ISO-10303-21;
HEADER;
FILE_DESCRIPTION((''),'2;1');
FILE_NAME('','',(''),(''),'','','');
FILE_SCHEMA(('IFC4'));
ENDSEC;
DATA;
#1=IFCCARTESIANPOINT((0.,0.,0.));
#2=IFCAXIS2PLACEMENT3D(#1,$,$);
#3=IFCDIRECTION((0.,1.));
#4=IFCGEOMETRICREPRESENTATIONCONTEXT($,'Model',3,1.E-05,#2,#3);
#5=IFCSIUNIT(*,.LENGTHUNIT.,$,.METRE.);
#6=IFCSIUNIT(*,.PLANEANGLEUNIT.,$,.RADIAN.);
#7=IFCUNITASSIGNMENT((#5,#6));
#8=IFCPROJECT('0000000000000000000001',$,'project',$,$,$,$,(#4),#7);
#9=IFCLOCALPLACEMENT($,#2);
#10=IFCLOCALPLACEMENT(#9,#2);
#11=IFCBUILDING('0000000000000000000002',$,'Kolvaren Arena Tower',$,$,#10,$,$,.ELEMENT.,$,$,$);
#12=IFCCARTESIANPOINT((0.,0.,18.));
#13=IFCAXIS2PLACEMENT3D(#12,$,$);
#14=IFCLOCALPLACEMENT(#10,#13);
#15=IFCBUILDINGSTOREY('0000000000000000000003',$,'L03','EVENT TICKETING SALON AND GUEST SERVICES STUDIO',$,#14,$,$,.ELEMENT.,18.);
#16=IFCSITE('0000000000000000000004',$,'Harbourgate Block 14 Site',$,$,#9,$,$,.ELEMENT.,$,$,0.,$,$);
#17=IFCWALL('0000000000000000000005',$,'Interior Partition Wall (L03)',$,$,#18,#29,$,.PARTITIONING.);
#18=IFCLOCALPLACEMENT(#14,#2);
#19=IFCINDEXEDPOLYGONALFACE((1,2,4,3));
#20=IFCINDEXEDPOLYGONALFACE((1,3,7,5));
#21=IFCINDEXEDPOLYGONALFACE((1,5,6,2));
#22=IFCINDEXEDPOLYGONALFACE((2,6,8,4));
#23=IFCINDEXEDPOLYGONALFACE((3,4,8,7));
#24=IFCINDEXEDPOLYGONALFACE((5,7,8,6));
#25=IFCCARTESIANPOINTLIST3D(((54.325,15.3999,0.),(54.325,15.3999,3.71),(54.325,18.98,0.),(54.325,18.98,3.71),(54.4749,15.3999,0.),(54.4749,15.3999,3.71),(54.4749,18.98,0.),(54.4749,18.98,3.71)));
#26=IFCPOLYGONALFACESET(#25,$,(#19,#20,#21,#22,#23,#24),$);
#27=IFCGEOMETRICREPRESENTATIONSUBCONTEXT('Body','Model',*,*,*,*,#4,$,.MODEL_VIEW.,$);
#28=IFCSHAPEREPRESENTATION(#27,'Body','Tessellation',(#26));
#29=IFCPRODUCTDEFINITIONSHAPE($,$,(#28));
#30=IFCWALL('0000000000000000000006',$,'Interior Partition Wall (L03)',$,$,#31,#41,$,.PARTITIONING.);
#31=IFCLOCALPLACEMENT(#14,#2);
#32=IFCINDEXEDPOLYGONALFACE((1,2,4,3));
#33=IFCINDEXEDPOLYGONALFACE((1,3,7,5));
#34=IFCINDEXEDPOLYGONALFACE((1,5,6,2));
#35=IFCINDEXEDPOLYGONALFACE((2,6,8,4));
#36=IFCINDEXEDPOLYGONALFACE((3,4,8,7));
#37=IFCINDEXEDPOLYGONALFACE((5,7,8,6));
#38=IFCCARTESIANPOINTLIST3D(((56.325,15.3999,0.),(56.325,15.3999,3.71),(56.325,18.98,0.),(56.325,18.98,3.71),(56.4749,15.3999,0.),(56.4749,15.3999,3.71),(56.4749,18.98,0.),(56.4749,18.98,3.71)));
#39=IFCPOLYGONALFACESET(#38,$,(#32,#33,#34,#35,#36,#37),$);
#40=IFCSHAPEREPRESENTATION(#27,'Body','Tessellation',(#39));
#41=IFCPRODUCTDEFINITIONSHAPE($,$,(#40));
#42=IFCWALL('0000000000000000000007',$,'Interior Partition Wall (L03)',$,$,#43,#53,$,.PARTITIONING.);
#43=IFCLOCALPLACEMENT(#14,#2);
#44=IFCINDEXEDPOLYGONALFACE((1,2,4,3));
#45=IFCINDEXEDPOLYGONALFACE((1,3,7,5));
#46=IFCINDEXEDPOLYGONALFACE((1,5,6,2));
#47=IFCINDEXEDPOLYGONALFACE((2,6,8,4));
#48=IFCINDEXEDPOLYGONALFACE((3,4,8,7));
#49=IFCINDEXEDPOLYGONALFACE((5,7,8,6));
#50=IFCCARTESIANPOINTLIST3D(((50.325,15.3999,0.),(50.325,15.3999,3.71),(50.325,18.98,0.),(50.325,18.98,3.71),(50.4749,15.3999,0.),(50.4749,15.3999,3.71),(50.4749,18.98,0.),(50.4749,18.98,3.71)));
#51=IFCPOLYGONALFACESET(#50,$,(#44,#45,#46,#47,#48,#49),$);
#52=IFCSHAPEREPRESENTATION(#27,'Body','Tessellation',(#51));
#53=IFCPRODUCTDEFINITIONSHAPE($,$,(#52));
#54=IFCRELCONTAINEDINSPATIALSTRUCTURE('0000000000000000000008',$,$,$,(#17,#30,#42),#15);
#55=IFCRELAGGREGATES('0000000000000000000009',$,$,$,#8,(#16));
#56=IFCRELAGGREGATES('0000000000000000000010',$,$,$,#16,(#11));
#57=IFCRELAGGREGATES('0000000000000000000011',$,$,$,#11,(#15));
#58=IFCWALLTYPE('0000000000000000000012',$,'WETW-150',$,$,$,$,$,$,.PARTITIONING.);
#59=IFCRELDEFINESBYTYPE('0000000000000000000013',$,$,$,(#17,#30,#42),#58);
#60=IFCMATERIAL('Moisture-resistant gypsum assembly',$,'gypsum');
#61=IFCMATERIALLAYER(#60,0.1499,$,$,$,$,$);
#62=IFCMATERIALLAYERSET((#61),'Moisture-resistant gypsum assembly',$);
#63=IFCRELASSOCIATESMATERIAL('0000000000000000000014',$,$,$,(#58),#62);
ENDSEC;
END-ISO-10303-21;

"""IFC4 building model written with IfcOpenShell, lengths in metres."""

from ifc_helpers import new_model, si_unit, direction, frame, frame_2d, origin, place, context, subcontext, project, spatial, rectangle, extrude, material, layer, layer_set, type_object, element, save


model = new_model("IFC4")

# Units and contexts
model_context = context("Model", 3, precision=1e-05, world=origin(), true_north=direction((0.0, 1.0)))
body_context = subcontext(model_context, "Body", "Model", "MODEL_VIEW")
ifc_project = project(units=[si_unit("LENGTHUNIT", "METRE"), si_unit("PLANEANGLEUNIT", "RADIAN")], contexts=[model_context])

# Site, building, storey
site_placement = place(None, origin())
site = spatial("IfcSite", under=ifc_project, at=site_placement, Name="Harbourgate Block 14 Site", CompositionType="ELEMENT", RefElevation=0.0)
building_placement = place(site_placement, origin())
building = spatial("IfcBuilding", under=site, at=building_placement, Name="Kolvaren Arena Tower", CompositionType="ELEMENT")
storey_placement = place(building_placement, frame((0.0, 0.0, 18.0)))
storey = spatial("IfcBuildingStorey", under=building, at=storey_placement, Name="L03", Description="EVENT TICKETING SALON AND GUEST SERVICES STUDIO", CompositionType="ELEMENT", Elevation=18.0)

# Walls
ifc_material_1 = material(Name="Moisture-resistant gypsum assembly", Category="gypsum")
ifc_layer_1 = layer(ifc_material_1, 0.1499)
ifc_layer_set_1 = layer_set([ifc_layer_1], Name="Moisture-resistant gypsum assembly")
wall_type_1 = type_object("IfcWallType", Name="WETW-150", PredefinedType="PARTITIONING", material=ifc_layer_set_1)
for number, where, z_axis, x_axis, name in (
    (1, (54.3999, 15.3999, 0.0), (0.0, 0.0, 1.0), (0.0, 1.0, 0.0), "Interior Partition Wall (L03)"),
    (2, (56.3999, 15.3999, 0.0), (0.0, 0.0, 1.0), (0.0, 1.0, 0.0), "Interior Partition Wall (L03)"),
    (3, (50.3999, 15.3999, 0.0), (0.0, 0.0, 1.0), (0.0, 1.0, 0.0), "Interior Partition Wall (L03)"),
):
    element("IfcWall", number, at=place(storey_placement, frame(where, z_axis=z_axis, x_axis=x_axis)), inside=storey, type_object=wall_type_1, Name=name, PredefinedType="PARTITIONING", context=body_context, shape_type="SweptSolid", body=[
        extrude(rectangle(XDim=3.5801, YDim=0.1499, at=frame_2d((1.79, 0.0))), origin(), (0.0, 0.0, 1.0), 3.71),
    ])

save(model, "model.ifc")
